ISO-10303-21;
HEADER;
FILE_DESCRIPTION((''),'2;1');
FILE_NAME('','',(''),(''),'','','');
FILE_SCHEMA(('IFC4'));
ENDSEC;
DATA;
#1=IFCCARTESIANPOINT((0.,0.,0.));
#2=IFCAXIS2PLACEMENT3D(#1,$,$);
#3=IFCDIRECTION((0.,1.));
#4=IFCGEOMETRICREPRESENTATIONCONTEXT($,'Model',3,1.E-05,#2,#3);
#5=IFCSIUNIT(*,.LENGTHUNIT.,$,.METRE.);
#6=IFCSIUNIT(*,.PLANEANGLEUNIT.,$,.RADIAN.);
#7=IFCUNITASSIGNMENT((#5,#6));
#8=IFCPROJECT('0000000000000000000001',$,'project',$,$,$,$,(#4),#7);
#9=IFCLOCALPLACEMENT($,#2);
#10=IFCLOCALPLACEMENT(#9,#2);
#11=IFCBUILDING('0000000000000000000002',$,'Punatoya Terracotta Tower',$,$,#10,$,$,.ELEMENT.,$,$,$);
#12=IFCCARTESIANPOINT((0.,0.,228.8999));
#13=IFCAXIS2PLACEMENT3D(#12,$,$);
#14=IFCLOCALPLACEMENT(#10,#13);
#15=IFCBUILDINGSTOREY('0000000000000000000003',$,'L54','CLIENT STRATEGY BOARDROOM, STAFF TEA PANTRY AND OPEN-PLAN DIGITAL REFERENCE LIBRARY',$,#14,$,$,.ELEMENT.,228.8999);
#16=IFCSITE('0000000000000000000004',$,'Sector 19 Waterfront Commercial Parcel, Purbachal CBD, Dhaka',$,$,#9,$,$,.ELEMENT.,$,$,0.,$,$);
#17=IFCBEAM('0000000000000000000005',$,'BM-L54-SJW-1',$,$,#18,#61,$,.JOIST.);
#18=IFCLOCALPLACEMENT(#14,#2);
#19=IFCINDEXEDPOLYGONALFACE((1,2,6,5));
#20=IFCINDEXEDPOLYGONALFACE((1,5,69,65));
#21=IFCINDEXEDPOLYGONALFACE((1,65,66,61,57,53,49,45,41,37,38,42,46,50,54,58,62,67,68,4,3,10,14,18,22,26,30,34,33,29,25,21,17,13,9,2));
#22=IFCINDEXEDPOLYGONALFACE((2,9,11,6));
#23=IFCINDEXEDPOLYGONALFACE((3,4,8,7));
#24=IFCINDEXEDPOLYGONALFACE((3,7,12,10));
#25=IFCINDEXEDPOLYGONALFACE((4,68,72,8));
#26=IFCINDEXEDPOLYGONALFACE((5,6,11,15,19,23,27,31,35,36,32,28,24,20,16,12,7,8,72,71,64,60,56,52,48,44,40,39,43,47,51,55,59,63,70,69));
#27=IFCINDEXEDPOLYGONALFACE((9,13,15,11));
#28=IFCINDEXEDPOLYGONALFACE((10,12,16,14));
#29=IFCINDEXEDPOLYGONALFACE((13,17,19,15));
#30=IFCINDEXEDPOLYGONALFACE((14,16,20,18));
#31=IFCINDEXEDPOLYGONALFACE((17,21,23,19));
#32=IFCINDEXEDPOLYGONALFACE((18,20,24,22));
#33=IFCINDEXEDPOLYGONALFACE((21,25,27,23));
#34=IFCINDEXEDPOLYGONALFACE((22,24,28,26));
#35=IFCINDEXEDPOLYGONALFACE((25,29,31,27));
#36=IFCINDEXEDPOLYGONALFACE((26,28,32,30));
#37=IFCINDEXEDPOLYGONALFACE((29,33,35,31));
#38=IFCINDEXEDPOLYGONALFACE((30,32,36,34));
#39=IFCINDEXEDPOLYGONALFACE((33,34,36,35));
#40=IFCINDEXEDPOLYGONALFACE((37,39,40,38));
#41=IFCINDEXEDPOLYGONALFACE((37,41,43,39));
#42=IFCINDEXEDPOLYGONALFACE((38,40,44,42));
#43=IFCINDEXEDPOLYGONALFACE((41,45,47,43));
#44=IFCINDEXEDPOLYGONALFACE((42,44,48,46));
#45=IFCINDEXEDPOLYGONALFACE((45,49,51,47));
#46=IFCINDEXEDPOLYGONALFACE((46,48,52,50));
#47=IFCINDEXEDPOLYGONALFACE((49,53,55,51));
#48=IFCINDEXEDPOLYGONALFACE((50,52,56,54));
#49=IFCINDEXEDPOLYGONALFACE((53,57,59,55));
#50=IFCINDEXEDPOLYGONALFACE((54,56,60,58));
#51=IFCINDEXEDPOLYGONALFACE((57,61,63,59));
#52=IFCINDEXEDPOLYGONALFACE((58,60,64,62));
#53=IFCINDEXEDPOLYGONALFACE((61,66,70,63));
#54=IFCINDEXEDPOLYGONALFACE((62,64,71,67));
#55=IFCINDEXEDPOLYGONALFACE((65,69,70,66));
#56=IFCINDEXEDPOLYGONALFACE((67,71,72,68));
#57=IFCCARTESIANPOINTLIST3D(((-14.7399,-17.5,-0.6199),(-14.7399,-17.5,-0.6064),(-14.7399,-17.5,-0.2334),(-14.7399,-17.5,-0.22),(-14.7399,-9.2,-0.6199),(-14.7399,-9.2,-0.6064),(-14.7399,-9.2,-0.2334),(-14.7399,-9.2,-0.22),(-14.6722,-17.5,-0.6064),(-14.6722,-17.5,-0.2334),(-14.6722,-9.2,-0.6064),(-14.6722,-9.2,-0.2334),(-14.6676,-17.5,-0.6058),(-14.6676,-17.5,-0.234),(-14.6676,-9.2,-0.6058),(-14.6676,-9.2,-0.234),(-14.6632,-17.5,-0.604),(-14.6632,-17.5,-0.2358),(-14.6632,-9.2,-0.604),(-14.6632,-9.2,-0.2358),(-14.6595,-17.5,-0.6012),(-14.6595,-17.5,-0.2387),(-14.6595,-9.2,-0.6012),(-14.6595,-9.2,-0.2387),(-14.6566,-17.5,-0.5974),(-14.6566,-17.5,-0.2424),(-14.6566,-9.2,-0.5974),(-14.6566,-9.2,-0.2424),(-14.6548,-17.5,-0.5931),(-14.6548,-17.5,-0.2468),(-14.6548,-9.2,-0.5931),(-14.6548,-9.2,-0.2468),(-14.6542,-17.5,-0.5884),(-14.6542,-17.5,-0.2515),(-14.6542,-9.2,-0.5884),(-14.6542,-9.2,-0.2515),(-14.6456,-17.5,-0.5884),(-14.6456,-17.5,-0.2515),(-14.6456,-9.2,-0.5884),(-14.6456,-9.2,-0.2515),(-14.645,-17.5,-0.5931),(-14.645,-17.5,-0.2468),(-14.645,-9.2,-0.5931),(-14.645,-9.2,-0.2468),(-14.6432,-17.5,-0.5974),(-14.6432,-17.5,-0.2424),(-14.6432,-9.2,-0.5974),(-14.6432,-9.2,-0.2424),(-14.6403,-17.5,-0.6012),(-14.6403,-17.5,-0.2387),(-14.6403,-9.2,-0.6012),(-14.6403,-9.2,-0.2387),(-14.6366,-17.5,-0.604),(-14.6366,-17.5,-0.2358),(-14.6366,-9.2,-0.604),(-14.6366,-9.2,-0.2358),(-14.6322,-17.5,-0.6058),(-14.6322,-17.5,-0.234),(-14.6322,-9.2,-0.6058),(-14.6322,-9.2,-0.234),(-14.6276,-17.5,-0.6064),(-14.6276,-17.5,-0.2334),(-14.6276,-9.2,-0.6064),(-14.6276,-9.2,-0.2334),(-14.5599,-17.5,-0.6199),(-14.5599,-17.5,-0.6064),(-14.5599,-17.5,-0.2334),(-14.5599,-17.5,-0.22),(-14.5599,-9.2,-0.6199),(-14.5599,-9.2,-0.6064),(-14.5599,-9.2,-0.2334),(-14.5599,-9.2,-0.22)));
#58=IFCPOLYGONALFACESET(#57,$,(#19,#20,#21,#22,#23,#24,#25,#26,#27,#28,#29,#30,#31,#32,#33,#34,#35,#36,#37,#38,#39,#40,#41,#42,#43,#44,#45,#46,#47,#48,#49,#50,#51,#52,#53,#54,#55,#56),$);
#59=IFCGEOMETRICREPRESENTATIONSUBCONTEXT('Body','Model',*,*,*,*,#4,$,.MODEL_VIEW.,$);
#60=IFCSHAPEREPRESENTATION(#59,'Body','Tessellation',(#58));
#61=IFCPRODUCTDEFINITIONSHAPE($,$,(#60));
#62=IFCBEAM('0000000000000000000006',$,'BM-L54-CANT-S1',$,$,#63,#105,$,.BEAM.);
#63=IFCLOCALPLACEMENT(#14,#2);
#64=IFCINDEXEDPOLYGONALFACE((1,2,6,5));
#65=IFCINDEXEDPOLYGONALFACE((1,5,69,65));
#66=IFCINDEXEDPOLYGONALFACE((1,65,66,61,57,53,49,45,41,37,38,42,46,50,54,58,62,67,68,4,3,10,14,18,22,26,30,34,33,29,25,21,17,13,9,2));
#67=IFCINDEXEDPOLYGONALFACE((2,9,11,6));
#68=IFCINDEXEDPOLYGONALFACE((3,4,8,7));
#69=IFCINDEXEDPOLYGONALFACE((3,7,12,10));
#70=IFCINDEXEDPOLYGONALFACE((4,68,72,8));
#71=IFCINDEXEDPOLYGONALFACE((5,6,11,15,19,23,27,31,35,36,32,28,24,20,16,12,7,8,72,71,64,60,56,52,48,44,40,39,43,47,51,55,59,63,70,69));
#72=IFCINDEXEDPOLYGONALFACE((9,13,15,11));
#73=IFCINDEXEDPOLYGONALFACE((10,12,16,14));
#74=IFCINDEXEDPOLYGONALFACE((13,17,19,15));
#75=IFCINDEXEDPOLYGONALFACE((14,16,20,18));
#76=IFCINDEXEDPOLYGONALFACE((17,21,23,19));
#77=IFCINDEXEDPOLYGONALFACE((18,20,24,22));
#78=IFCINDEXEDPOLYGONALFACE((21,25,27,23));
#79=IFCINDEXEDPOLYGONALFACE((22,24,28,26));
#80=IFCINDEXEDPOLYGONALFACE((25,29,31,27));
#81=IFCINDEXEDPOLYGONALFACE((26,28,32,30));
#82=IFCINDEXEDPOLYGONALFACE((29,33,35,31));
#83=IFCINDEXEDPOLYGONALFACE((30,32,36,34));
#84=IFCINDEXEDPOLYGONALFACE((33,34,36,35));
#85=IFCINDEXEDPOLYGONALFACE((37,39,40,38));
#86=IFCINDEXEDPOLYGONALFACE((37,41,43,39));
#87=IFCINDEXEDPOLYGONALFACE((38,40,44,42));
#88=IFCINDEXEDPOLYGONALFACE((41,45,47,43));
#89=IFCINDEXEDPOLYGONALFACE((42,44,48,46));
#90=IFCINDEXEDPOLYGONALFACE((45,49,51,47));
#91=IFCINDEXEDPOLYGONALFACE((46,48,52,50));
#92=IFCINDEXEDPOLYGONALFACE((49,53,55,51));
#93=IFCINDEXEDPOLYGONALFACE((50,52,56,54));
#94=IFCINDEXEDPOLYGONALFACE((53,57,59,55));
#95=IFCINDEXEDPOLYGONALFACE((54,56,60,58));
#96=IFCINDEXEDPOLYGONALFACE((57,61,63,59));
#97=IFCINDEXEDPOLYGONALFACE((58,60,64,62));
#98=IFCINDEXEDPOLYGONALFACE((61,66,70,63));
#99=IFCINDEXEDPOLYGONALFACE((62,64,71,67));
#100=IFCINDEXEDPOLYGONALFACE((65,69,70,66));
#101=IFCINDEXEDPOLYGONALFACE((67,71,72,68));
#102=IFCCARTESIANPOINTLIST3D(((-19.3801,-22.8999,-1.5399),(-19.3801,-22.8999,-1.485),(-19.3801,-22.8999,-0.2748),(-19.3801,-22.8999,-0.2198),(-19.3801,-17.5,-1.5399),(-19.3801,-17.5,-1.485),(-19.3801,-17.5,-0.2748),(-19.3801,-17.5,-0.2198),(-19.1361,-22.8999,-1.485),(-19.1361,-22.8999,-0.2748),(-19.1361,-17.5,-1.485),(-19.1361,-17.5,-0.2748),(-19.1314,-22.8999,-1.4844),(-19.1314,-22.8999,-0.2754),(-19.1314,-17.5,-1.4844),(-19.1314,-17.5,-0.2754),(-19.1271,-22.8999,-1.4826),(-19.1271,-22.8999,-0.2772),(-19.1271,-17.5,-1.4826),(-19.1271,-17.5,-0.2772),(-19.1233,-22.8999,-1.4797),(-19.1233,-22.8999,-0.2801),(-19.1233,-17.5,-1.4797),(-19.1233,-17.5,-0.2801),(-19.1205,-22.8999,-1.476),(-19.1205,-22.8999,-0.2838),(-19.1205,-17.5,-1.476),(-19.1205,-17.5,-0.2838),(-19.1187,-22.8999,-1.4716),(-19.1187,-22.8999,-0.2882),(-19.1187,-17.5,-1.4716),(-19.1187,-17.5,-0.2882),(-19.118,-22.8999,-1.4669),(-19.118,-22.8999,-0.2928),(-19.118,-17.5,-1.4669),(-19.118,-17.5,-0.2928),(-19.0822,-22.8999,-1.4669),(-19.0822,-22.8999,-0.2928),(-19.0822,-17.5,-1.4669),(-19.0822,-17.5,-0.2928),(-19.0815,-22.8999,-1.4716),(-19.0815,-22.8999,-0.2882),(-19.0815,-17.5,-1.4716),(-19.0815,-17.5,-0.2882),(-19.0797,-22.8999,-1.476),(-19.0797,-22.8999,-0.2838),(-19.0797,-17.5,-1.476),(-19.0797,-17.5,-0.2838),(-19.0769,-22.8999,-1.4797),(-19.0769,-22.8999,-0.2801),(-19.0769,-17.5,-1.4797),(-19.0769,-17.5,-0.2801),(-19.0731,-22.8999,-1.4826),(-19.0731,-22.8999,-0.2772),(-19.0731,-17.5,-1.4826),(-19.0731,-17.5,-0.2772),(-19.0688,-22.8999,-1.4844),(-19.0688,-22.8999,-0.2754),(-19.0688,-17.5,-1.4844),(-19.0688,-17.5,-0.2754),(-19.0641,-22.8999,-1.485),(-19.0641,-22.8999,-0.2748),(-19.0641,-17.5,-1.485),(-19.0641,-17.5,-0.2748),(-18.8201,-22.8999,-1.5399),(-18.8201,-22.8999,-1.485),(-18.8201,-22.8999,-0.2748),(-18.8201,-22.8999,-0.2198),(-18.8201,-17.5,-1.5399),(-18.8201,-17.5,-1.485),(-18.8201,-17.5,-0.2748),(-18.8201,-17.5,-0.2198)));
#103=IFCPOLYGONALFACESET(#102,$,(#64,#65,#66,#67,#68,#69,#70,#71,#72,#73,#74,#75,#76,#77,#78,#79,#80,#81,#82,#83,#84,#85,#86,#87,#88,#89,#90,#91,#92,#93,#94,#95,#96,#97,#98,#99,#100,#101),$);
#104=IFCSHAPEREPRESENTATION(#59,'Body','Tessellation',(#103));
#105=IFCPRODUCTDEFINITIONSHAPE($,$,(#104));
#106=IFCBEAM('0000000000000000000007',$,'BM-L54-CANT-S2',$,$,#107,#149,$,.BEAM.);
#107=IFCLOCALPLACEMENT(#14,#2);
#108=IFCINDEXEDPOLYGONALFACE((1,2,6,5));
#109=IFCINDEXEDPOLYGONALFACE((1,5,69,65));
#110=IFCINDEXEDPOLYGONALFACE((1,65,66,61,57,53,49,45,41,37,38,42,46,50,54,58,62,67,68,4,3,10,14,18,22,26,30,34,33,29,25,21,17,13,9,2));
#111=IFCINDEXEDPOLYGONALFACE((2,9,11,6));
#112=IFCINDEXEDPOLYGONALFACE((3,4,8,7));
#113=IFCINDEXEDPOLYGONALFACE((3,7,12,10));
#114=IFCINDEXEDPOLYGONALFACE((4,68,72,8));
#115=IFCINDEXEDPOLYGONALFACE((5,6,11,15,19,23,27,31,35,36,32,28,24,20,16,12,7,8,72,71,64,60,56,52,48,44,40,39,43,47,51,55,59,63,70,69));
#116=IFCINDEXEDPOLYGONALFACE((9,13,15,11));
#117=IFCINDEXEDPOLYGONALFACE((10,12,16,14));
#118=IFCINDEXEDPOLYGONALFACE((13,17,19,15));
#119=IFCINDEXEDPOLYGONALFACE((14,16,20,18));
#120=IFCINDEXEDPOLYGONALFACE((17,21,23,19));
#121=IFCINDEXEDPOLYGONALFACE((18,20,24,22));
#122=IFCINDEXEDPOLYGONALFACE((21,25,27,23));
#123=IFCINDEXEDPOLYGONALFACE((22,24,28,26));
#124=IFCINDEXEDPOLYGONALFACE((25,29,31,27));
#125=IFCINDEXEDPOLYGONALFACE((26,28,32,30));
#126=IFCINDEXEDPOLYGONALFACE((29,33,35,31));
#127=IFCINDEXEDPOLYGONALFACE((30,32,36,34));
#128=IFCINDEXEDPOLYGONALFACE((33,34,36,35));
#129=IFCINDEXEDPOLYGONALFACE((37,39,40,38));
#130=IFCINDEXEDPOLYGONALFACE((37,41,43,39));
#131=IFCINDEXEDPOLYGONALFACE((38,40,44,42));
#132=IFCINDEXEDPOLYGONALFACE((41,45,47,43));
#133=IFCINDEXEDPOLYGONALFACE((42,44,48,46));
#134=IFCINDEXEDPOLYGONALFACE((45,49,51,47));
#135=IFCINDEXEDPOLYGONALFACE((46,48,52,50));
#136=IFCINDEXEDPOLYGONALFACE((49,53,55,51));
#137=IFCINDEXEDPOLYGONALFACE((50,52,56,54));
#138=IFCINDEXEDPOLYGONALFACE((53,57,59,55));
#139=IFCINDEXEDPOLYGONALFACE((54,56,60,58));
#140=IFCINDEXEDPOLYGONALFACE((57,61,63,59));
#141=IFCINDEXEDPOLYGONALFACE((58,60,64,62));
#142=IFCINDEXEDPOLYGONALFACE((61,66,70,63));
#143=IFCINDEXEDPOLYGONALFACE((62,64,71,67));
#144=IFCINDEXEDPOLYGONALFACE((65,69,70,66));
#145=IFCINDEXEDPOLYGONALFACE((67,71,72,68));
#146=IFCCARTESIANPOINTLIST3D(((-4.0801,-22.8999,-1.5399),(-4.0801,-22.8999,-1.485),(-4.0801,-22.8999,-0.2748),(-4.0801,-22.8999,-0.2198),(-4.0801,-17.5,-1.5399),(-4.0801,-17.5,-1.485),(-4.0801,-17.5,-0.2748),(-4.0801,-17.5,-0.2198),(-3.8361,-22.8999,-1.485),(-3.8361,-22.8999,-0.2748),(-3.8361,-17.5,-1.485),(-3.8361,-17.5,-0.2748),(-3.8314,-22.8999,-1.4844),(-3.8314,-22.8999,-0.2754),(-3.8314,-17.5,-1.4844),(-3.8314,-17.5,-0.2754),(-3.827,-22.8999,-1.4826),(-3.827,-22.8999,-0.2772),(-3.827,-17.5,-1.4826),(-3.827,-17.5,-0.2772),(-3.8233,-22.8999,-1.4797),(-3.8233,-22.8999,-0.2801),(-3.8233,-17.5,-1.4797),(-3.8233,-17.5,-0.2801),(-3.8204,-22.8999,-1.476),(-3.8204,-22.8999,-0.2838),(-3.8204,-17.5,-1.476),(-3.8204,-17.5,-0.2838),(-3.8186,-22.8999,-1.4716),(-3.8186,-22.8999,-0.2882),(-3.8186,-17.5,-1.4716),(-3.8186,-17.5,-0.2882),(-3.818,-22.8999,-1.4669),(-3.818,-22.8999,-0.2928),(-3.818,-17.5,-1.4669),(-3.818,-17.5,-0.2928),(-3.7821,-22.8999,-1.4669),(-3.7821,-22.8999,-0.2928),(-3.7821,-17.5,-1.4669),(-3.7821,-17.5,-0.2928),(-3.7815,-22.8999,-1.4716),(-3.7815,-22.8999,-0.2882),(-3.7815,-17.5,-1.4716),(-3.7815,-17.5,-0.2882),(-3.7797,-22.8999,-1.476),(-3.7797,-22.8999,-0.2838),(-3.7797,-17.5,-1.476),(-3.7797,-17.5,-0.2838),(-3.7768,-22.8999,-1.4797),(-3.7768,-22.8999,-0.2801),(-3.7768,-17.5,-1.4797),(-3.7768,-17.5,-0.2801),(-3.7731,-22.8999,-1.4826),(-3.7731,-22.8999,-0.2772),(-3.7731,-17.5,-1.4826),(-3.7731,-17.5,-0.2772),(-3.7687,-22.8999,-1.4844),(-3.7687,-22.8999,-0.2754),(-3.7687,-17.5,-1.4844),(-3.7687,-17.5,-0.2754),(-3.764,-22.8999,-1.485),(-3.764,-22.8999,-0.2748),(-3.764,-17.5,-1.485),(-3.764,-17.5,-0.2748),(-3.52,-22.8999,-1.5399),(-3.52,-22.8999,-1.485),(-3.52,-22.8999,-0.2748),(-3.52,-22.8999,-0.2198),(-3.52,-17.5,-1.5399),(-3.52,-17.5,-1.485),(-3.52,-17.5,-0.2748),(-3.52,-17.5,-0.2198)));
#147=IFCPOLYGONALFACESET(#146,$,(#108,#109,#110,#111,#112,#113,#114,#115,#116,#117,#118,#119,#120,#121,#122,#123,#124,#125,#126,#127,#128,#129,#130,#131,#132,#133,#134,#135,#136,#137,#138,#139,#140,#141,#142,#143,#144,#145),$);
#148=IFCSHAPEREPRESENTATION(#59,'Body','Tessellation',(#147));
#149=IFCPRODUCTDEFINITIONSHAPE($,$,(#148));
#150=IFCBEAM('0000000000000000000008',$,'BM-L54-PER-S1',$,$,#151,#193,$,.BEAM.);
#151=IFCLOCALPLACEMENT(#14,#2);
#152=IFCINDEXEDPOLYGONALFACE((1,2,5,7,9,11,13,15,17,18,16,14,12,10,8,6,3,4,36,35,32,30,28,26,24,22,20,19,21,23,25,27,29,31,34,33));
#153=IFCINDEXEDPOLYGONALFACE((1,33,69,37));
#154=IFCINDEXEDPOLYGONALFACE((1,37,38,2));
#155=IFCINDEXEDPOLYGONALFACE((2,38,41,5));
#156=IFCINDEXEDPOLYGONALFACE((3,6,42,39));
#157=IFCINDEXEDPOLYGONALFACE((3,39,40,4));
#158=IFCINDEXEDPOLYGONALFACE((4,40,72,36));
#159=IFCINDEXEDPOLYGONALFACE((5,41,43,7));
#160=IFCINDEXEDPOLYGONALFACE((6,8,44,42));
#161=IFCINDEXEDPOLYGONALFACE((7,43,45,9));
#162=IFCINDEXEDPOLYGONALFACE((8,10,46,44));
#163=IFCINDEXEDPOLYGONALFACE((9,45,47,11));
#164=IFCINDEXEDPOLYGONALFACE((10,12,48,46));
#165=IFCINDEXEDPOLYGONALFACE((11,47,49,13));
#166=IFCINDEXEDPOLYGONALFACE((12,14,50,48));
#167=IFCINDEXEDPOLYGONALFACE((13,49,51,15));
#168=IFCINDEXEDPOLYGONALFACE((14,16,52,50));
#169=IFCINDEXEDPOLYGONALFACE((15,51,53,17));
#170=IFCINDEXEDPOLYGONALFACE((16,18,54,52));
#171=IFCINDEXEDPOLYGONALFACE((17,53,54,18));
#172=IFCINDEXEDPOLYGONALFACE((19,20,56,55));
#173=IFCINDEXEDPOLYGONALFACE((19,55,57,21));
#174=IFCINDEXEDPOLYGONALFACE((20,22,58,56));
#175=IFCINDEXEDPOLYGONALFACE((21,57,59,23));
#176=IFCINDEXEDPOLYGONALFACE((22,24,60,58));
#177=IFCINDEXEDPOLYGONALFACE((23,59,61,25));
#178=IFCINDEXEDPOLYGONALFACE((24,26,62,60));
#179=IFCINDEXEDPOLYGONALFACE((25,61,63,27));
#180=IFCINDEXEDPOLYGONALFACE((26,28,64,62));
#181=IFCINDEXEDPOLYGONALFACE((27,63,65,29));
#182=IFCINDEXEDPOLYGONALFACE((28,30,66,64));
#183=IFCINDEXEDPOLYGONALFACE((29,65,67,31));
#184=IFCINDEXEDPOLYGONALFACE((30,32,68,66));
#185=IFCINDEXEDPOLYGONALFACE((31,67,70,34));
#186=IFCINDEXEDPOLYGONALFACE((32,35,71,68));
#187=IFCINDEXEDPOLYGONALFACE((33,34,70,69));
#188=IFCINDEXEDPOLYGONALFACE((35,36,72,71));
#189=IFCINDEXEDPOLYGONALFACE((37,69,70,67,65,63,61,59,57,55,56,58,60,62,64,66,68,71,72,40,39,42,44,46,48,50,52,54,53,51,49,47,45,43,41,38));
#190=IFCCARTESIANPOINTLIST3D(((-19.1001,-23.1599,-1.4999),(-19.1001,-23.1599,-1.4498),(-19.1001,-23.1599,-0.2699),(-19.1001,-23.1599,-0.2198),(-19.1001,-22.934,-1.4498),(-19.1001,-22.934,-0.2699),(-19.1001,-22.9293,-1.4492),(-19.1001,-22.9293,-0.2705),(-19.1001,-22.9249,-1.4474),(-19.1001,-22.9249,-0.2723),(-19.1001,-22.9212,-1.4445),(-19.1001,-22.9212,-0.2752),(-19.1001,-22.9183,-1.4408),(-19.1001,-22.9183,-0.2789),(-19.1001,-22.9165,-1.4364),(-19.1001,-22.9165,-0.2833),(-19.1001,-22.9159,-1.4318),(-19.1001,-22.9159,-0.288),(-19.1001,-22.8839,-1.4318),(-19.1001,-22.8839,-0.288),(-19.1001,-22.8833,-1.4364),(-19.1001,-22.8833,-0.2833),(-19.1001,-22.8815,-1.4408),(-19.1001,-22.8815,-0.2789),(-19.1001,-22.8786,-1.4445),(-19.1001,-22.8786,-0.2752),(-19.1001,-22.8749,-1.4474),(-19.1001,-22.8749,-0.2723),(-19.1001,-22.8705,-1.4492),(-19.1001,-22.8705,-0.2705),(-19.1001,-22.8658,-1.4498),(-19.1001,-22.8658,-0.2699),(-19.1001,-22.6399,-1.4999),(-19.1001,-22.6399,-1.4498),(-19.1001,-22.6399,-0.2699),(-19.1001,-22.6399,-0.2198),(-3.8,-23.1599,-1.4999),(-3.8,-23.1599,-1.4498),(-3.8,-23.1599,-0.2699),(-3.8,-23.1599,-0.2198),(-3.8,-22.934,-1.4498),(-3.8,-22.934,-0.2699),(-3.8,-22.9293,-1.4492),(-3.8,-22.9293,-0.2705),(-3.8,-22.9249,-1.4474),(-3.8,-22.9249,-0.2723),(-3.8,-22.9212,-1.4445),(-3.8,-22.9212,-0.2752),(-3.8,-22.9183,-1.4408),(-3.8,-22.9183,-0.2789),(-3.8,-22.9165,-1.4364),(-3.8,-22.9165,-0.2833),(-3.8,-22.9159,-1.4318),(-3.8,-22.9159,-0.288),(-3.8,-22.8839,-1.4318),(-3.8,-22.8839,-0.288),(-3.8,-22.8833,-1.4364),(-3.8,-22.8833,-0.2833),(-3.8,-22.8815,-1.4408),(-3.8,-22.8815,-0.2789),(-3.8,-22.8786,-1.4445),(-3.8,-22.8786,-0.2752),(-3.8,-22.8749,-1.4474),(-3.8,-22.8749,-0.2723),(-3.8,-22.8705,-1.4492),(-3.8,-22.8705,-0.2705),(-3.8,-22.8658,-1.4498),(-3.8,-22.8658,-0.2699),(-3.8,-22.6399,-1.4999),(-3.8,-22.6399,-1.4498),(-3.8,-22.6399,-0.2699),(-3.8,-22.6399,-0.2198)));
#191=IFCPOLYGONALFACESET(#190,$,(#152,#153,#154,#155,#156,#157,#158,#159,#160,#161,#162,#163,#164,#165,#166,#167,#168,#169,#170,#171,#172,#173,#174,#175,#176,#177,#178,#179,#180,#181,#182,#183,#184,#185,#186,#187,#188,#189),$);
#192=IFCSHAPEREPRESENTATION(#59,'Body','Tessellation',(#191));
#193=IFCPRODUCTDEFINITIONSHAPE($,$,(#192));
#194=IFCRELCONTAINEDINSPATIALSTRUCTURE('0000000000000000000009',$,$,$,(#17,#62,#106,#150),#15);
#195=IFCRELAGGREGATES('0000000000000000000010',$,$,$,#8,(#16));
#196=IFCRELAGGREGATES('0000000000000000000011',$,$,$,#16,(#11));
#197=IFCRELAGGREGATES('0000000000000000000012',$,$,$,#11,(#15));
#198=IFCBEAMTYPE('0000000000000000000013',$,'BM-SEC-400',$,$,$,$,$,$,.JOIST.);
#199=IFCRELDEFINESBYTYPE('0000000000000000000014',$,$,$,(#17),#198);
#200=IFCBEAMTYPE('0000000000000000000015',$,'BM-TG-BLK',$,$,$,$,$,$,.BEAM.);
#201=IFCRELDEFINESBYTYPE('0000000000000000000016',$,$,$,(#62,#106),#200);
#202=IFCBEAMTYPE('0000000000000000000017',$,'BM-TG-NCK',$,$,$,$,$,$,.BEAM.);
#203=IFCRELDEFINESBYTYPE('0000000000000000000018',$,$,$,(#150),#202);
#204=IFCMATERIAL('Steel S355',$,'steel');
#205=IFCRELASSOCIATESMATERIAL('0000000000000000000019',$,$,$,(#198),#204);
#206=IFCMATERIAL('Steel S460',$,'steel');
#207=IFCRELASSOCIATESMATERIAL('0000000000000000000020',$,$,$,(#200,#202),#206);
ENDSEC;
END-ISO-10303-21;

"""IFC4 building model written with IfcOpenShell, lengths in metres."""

from ifc_helpers import new_model, si_unit, direction, frame, origin, origin_2d, place, context, subcontext, project, spatial, i_section, extrude, material, material_profile, profile_set, type_object, element, save


model = new_model("IFC4")

# Units and contexts
model_context = context("Model", 3, precision=1e-05, world=origin(), true_north=direction((0.0, 1.0)))
body_context = subcontext(model_context, "Body", "Model", "MODEL_VIEW")
ifc_project = project(units=[si_unit("LENGTHUNIT", "METRE"), si_unit("PLANEANGLEUNIT", "RADIAN")], contexts=[model_context])

# Site, building, storey
site_placement = place(None, origin())
site = spatial("IfcSite", under=ifc_project, at=site_placement, Name="Sector 19 Waterfront Commercial Parcel, Purbachal CBD, Dhaka", CompositionType="ELEMENT", RefElevation=0.0)
building_placement = place(site_placement, origin())
building = spatial("IfcBuilding", under=site, at=building_placement, Name="Punatoya Terracotta Tower", CompositionType="ELEMENT")
storey_placement = place(building_placement, frame((0.0, 0.0, 228.8999)))
storey = spatial("IfcBuildingStorey", under=building, at=storey_placement, Name="L54", Description="CLIENT STRATEGY BOARDROOM, STAFF TEA PANTRY AND OPEN-PLAN DIGITAL REFERENCE LIBRARY", CompositionType="ELEMENT", Elevation=228.8999)

# Shared definitions
ifc_material_1 = material(Name="Steel S460", Category="steel")

# Beams
ifc_material_2 = material(Name="Steel S355", Category="steel")
ifc_material_profile_1 = material_profile(ifc_material_2, i_section(OverallWidth=0.1799, OverallDepth=0.3999, WebThickness=0.0085, FlangeThickness=0.0134, FilletRadius=0.0181, at=origin_2d()))
ifc_profile_set_1 = profile_set([ifc_material_profile_1], Name="Steel S355")
beam_type_1 = type_object("IfcBeamType", Name="BM-SEC-400", PredefinedType="JOIST", material=ifc_profile_set_1)
beam_1_placement = place(storey_placement, frame((-14.6499, -17.5, -0.4199), z_axis=(0.0, 1.0, 0.0), x_axis=(-1.0, 0.0, 0.0)))
element("IfcBeam", 1, at=beam_1_placement, inside=storey, type_object=beam_type_1, Name="BM-L54-SJW-1", PredefinedType="JOIST", context=body_context, shape_type="SweptSolid", body=[
    extrude(i_section(OverallWidth=0.1799, OverallDepth=0.3999, WebThickness=0.0085, FlangeThickness=0.0134, FilletRadius=0.0181, at=origin_2d()), origin(), (0.0, 0.0, 1.0), 8.3),
])
ifc_material_profile_2 = material_profile(ifc_material_1, i_section(OverallWidth=0.5601, OverallDepth=1.3201, WebThickness=0.0359, FlangeThickness=0.0549, FilletRadius=0.0181, at=origin_2d()))
ifc_profile_set_2 = profile_set([ifc_material_profile_2], Name="Steel S460")
beam_type_2 = type_object("IfcBeamType", Name="BM-TG-BLK", PredefinedType="BEAM", material=ifc_profile_set_2)
for number, where, z_axis, x_axis, name in (
    (2, (-19.1001, -22.8999, -0.8799), (0.0, 1.0, 0.0), (-1.0, 0.0, 0.0), "BM-L54-CANT-S1"),
    (3, (-3.8, -22.8999, -0.8799), (0.0, 1.0, 0.0), (-1.0, 0.0, 0.0), "BM-L54-CANT-S2"),
):
    element("IfcBeam", number, at=place(storey_placement, frame(where, z_axis=z_axis, x_axis=x_axis)), inside=storey, type_object=beam_type_2, Name=name, PredefinedType="BEAM", context=body_context, shape_type="SweptSolid", body=[
        extrude(i_section(OverallWidth=0.5601, OverallDepth=1.3201, WebThickness=0.0359, FlangeThickness=0.0549, FilletRadius=0.0181, at=origin_2d()), origin(), (0.0, 0.0, 1.0), 5.3999),
    ])
ifc_material_profile_3 = material_profile(ifc_material_1, i_section(OverallWidth=0.52, OverallDepth=1.28, WebThickness=0.032, FlangeThickness=0.05, FilletRadius=0.0181, at=origin_2d()))
ifc_profile_set_3 = profile_set([ifc_material_profile_3], Name="Steel S460")
beam_type_3 = type_object("IfcBeamType", Name="BM-TG-NCK", PredefinedType="BEAM", material=ifc_profile_set_3)
beam_2_placement = place(storey_placement, frame((-19.1001, -22.8999, -0.8599), z_axis=(1.0, 0.0, 0.0), x_axis=(0.0, 1.0, 0.0)))
element("IfcBeam", 4, at=beam_2_placement, inside=storey, type_object=beam_type_3, Name="BM-L54-PER-S1", PredefinedType="BEAM", context=body_context, shape_type="SweptSolid", body=[
    extrude(i_section(OverallWidth=0.52, OverallDepth=1.28, WebThickness=0.032, FlangeThickness=0.05, FilletRadius=0.0181, at=origin_2d()), origin(), (0.0, 0.0, 1.0), 15.3),
])

save(model, "model.ifc")
